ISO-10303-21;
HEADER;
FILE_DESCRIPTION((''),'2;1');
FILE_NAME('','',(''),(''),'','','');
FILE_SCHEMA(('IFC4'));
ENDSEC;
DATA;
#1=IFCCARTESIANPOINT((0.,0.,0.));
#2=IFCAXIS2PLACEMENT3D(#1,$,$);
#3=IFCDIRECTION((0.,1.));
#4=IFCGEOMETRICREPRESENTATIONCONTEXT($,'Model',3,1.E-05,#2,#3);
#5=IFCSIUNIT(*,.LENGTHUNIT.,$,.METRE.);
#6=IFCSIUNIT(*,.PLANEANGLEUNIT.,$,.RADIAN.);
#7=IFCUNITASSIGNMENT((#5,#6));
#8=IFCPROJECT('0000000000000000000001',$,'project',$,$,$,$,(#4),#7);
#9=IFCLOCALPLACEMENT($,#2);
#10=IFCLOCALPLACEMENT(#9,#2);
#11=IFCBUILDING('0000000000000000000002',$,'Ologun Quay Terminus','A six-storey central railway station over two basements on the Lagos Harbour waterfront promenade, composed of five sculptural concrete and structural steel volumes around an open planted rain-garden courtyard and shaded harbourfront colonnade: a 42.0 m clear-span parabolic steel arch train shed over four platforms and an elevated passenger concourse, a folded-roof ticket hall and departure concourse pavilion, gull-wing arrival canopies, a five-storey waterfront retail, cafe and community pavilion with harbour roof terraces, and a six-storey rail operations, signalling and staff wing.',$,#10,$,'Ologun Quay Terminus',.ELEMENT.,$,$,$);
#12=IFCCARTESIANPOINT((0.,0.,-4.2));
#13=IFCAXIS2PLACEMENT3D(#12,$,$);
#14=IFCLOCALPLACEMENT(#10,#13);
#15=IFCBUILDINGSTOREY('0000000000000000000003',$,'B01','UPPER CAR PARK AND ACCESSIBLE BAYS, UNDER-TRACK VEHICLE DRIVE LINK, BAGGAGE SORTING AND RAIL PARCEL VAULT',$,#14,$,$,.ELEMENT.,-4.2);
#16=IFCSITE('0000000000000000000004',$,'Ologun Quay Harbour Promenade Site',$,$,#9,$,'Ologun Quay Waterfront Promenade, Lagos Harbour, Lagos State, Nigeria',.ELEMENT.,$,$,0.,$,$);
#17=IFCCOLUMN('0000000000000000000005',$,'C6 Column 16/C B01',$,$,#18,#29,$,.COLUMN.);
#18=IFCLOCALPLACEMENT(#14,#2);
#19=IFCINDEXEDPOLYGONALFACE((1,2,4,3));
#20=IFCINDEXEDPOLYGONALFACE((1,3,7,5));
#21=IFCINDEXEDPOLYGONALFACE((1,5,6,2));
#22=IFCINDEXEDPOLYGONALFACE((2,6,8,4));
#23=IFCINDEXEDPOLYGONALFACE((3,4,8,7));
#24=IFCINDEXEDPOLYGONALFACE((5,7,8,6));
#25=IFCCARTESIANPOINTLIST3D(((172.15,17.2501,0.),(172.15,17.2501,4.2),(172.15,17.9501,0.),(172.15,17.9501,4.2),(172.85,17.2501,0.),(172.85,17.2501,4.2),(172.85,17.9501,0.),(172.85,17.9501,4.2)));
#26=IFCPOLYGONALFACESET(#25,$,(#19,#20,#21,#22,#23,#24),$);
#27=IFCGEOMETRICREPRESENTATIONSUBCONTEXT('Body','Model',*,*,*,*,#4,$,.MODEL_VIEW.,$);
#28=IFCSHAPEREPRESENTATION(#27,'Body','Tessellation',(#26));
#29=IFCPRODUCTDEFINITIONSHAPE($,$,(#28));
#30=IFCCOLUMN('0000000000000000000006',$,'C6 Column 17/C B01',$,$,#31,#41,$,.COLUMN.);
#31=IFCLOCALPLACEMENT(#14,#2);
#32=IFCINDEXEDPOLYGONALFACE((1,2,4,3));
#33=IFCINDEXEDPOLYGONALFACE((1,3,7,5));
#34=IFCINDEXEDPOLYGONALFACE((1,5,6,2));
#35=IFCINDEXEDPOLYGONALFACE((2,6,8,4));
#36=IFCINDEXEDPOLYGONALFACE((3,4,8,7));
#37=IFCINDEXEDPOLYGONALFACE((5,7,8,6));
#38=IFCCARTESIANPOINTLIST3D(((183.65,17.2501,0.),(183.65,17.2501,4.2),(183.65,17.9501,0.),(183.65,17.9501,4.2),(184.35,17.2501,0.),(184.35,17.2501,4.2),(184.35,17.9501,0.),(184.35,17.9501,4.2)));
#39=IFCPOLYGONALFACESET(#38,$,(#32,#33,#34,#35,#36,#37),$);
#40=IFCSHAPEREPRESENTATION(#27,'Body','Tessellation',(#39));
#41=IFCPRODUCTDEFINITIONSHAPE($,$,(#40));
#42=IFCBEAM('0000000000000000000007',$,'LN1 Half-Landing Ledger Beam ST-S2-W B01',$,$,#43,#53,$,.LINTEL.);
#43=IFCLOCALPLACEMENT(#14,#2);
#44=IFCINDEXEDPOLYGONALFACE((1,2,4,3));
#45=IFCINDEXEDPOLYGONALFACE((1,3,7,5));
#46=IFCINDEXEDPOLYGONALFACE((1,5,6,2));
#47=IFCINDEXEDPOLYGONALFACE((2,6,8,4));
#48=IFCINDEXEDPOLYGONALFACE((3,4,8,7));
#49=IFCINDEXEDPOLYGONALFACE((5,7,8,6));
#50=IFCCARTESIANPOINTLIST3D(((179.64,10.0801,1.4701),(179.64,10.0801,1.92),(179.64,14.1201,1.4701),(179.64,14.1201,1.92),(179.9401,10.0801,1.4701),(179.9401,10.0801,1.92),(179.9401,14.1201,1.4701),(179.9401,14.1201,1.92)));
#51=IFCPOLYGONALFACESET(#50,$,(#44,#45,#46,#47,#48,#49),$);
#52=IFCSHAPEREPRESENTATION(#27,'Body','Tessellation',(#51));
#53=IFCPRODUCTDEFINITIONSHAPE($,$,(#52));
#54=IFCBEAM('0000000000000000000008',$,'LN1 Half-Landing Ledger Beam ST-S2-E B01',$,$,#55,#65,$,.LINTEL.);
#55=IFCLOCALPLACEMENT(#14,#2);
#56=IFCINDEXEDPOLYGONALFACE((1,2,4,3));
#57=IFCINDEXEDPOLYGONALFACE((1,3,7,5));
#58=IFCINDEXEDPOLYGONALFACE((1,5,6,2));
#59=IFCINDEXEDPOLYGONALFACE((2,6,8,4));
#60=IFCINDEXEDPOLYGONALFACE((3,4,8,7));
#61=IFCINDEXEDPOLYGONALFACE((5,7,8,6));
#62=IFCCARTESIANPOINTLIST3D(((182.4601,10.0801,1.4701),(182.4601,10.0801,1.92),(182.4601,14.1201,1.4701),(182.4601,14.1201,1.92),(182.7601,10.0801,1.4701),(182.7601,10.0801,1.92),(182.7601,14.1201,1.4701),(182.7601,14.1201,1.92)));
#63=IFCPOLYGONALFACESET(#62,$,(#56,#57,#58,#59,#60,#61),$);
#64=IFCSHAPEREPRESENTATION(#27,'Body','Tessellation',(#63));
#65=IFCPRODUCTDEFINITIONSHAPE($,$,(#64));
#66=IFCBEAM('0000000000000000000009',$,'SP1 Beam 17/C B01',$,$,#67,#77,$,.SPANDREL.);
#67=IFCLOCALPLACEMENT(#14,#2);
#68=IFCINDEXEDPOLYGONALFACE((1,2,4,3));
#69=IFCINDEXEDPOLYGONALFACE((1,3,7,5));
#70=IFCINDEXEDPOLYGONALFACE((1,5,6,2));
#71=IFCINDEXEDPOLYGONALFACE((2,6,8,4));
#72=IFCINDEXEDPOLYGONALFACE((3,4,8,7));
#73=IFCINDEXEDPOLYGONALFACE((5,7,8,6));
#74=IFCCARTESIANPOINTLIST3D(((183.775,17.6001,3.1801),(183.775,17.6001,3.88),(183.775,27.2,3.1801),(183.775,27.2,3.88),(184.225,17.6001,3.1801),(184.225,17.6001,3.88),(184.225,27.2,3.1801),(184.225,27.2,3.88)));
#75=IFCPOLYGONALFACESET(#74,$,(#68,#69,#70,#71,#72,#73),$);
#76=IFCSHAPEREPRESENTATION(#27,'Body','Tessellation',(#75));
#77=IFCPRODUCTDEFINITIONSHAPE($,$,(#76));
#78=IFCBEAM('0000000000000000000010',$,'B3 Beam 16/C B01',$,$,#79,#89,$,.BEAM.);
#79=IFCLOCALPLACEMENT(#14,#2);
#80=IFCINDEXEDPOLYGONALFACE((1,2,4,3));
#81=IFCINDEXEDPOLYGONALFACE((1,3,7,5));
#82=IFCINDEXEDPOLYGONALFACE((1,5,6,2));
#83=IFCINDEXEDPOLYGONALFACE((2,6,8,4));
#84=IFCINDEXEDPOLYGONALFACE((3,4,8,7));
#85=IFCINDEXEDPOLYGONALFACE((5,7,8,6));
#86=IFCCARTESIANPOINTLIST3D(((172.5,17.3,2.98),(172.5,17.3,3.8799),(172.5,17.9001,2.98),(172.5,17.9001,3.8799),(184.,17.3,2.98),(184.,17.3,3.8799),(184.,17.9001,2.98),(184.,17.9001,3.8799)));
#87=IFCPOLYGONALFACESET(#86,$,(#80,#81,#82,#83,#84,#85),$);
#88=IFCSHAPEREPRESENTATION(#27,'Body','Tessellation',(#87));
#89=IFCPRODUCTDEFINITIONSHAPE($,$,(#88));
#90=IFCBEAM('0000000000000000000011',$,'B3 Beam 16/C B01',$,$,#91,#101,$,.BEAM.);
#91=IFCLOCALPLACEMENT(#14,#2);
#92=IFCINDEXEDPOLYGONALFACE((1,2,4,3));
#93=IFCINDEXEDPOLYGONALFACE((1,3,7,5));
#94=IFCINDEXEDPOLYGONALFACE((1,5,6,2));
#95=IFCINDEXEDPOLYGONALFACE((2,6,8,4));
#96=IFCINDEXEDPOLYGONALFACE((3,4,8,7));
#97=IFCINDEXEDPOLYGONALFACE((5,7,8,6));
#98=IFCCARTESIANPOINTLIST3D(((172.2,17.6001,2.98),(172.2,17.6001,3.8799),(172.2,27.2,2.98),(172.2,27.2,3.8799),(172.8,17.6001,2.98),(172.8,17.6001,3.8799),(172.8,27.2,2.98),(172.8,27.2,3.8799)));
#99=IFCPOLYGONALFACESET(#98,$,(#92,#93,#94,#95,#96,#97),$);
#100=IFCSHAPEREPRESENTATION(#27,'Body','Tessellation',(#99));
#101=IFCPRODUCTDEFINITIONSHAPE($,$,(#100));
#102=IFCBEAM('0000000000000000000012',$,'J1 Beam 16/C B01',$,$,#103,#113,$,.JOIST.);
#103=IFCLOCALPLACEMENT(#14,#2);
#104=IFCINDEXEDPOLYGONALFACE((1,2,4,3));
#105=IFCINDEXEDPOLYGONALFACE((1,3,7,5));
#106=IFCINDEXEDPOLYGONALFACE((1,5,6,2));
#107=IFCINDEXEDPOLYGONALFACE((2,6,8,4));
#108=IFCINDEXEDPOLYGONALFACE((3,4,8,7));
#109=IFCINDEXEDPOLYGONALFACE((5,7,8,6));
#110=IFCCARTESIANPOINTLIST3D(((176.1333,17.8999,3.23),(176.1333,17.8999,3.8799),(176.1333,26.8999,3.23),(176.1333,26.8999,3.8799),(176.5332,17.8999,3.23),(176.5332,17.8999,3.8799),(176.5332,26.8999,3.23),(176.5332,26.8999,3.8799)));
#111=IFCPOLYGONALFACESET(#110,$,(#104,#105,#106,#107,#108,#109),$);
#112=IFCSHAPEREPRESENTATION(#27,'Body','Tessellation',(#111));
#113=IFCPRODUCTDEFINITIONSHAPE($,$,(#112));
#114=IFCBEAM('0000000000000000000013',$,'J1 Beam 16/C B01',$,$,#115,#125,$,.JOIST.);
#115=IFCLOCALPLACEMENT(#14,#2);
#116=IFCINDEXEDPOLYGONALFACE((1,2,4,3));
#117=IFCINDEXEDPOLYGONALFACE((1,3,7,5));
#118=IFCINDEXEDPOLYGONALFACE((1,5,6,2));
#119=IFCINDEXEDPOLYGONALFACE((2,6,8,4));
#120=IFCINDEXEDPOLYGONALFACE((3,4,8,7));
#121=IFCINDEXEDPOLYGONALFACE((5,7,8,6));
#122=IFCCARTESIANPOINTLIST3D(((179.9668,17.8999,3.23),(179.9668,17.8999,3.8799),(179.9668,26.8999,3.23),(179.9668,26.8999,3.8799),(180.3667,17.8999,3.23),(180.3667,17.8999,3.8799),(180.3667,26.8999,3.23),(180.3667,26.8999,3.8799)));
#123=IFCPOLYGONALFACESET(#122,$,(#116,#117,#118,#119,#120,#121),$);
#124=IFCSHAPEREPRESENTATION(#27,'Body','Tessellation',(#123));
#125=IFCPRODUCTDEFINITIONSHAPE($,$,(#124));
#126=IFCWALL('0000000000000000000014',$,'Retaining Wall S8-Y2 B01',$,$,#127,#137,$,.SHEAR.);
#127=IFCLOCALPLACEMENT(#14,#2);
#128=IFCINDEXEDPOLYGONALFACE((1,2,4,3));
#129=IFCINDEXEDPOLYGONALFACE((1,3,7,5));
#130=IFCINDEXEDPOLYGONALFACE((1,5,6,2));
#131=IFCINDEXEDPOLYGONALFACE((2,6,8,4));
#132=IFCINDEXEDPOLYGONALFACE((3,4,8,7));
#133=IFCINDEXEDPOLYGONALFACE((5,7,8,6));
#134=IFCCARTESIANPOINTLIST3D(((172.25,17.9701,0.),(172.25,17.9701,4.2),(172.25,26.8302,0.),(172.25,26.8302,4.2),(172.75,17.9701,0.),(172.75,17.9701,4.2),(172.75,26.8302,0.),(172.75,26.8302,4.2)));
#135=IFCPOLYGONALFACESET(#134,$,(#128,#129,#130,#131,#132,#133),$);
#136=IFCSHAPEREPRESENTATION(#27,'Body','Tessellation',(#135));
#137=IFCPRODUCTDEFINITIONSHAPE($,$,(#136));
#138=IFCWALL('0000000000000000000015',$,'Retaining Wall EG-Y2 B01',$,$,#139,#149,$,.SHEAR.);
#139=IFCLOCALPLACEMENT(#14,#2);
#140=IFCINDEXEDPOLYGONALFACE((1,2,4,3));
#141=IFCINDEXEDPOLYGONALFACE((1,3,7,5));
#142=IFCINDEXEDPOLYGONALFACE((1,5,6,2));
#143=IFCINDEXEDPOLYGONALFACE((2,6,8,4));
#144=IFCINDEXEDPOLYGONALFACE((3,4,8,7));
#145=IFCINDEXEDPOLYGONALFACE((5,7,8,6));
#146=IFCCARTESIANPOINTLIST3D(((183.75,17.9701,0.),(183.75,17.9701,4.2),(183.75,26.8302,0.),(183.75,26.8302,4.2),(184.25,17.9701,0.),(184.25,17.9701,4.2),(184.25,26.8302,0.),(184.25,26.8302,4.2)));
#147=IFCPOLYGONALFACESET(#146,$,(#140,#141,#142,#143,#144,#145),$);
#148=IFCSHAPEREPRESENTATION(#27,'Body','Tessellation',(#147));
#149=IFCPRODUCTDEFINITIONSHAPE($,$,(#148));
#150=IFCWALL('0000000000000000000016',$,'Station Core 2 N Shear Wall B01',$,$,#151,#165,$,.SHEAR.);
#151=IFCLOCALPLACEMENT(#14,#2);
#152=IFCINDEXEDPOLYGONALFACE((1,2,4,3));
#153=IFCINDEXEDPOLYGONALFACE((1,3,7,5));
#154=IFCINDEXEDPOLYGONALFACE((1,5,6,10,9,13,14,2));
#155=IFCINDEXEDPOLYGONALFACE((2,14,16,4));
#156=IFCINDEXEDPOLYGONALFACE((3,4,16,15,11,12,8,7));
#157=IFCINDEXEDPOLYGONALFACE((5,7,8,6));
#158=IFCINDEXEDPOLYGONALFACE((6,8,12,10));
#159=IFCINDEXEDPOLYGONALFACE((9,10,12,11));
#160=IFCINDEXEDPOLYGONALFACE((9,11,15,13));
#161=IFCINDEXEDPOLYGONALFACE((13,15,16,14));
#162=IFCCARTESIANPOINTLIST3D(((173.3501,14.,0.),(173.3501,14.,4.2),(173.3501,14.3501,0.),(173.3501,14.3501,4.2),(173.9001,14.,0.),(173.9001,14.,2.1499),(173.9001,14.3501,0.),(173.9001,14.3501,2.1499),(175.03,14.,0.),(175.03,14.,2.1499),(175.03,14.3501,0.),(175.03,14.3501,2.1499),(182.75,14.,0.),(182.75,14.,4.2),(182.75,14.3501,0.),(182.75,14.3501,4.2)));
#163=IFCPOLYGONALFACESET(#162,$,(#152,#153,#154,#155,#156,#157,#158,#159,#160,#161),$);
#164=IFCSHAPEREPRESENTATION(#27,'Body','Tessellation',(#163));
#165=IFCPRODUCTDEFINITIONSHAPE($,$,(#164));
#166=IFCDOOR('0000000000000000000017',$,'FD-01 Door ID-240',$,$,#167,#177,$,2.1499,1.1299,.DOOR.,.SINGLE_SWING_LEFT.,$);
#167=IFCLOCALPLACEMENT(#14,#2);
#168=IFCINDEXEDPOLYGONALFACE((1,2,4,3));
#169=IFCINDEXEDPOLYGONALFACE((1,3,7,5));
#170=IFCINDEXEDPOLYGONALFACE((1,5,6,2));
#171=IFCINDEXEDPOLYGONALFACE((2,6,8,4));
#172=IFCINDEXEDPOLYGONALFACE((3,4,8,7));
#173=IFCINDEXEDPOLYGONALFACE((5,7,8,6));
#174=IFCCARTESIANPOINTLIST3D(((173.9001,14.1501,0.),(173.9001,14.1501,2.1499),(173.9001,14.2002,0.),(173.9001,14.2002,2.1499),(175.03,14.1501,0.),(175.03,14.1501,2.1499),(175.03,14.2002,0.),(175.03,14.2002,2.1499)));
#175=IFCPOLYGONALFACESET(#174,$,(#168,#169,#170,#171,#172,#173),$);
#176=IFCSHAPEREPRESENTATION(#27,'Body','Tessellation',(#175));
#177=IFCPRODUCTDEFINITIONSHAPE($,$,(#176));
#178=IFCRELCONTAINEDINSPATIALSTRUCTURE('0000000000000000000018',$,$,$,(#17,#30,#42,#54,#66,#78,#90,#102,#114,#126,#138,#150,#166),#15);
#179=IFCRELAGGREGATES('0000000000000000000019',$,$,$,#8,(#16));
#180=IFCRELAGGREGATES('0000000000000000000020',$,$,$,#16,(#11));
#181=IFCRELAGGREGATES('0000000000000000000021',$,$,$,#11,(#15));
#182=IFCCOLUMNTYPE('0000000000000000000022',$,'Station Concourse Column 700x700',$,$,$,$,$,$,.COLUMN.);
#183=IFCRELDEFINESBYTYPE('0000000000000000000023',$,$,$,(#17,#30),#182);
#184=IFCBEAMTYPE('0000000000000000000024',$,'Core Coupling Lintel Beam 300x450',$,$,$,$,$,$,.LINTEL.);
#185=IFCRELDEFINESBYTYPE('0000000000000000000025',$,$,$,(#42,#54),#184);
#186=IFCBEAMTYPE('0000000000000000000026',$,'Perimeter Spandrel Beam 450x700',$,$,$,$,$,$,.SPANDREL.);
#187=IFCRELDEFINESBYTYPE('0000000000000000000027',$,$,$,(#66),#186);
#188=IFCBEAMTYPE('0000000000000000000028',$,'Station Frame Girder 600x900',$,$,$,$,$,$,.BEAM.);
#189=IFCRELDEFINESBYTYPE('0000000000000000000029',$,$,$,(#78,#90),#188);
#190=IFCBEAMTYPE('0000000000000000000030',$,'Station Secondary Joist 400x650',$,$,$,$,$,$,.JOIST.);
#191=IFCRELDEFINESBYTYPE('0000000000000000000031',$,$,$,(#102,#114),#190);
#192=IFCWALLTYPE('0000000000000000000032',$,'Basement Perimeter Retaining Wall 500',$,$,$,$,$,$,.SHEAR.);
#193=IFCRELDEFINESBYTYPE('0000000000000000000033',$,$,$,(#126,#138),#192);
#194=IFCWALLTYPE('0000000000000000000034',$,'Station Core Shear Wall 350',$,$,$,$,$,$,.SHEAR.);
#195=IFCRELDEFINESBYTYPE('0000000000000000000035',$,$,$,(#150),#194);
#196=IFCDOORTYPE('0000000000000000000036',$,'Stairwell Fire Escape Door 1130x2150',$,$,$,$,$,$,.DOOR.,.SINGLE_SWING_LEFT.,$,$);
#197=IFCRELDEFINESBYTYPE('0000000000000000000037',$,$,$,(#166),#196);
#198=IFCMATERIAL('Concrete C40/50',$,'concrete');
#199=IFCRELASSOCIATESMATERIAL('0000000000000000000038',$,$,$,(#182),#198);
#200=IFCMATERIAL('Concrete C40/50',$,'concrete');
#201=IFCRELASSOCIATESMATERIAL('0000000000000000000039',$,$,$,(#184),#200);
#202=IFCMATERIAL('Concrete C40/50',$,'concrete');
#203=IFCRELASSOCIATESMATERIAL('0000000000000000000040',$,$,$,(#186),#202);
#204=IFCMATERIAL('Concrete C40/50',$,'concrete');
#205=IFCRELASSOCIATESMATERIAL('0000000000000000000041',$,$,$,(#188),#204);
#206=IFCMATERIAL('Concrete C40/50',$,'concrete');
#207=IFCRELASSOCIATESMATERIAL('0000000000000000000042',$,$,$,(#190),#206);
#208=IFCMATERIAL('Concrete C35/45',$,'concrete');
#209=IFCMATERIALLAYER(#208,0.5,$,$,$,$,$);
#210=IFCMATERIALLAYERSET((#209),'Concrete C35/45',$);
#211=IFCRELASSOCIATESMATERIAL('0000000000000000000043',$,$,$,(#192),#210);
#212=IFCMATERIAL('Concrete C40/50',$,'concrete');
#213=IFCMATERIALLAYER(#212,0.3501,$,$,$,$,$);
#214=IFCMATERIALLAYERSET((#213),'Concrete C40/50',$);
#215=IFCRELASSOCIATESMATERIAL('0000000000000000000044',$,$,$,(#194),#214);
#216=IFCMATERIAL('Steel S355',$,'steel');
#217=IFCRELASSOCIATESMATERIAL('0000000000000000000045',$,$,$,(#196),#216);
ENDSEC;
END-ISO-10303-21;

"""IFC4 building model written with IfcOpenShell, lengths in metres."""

from ifc_helpers import new_model, si_unit, direction, frame, frame_2d, origin, origin_2d, place, context, subcontext, project, spatial, rectangle, extrude, material, layer, layer_set, material_profile, profile_set, type_object, element, fill, save


model = new_model("IFC4")

# Units and contexts
model_context = context("Model", 3, precision=1e-05, world=origin(), true_north=direction((0.0, 1.0)))
body_context = subcontext(model_context, "Body", "Model", "MODEL_VIEW")
ifc_project = project(units=[si_unit("LENGTHUNIT", "METRE"), si_unit("PLANEANGLEUNIT", "RADIAN")], contexts=[model_context])

# Site, building, storey
site_placement = place(None, origin())
site = spatial("IfcSite", under=ifc_project, at=site_placement, Name="Ologun Quay Harbour Promenade Site", LongName="Ologun Quay Waterfront Promenade, Lagos Harbour, Lagos State, Nigeria", CompositionType="ELEMENT", RefElevation=0.0)
building_placement = place(site_placement, origin())
building = spatial("IfcBuilding", under=site, at=building_placement, Name="Ologun Quay Terminus", Description="A six-storey central railway station over two basements on the Lagos Harbour waterfront promenade, composed of five sculptural concrete and structural steel volumes around an open planted rain-garden courtyard and shaded harbourfront colonnade: a 42.0 m clear-span parabolic steel arch train shed over four platforms and an elevated passenger concourse, a folded-roof ticket hall and departure concourse pavilion, gull-wing arrival canopies, a five-storey waterfront retail, cafe and community pavilion with harbour roof terraces, and a six-storey rail operations, signalling and staff wing.", LongName="Ologun Quay Terminus", CompositionType="ELEMENT")
storey_placement = place(building_placement, frame((0.0, 0.0, -4.2)))
storey = spatial("IfcBuildingStorey", under=building, at=storey_placement, Name="B01", Description="UPPER CAR PARK AND ACCESSIBLE BAYS, UNDER-TRACK VEHICLE DRIVE LINK, BAGGAGE SORTING AND RAIL PARCEL VAULT", CompositionType="ELEMENT", Elevation=-4.2)

# Columns
ifc_material_1 = material(Name="Concrete C40/50", Category="concrete")
ifc_material_profile_1 = material_profile(ifc_material_1, rectangle(XDim=0.7, YDim=0.7, at=origin_2d()), Name="RC 700x700")
ifc_profile_set_1 = profile_set([ifc_material_profile_1], Name="Concrete C40/50")
column_type = type_object("IfcColumnType", Name="Station Concourse Column 700x700", PredefinedType="COLUMN", material=ifc_profile_set_1)
for number, where, z_axis, x_axis, name in (
    (1, (172.5, 17.6001, 0.0), (0.0, 0.0, 1.0), (1.0, 0.0, 0.0), "C6 Column 16/C B01"),
    (2, (184.0, 17.6001, 0.0), (0.0, 0.0, 1.0), (1.0, 0.0, 0.0), "C6 Column 17/C B01"),
):
    element("IfcColumn", number, at=place(storey_placement, frame(where, z_axis=z_axis, x_axis=x_axis)), inside=storey, type_object=column_type, Name=name, PredefinedType="COLUMN", context=body_context, shape_type="SweptSolid", body=[
        extrude(rectangle(XDim=0.7, YDim=0.7, at=origin_2d()), origin(), (0.0, 0.0, 1.0), 4.2),
    ])

# Beams
ifc_material_2 = material(Name="Concrete C40/50", Category="concrete")
ifc_material_profile_2 = material_profile(ifc_material_2, rectangle(XDim=0.3, YDim=0.45, at=origin_2d()), Name="RC 300x450")
ifc_profile_set_2 = profile_set([ifc_material_profile_2], Name="Concrete C40/50")
beam_type_1 = type_object("IfcBeamType", Name="Core Coupling Lintel Beam 300x450", PredefinedType="LINTEL", material=ifc_profile_set_2)
for number, where, z_axis, x_axis, name in (
    (3, (179.79, 10.0801, 1.6951), (0.0, 1.0, 0.0), (-1.0, 0.0, 0.0), "LN1 Half-Landing Ledger Beam ST-S2-W B01"),
    (4, (182.6101, 10.0801, 1.6951), (0.0, 1.0, 0.0), (-1.0, 0.0, 0.0), "LN1 Half-Landing Ledger Beam ST-S2-E B01"),
):
    element("IfcBeam", number, at=place(storey_placement, frame(where, z_axis=z_axis, x_axis=x_axis)), inside=storey, type_object=beam_type_1, Name=name, PredefinedType="LINTEL", context=body_context, shape_type="SweptSolid", body=[
        extrude(rectangle(XDim=0.3, YDim=0.45, at=origin_2d()), origin(), (0.0, 0.0, 1.0), 4.04),
    ])
ifc_material_3 = material(Name="Concrete C40/50", Category="concrete")
ifc_material_profile_3 = material_profile(ifc_material_3, rectangle(XDim=0.45, YDim=0.7, at=origin_2d()), Name="RC 450x700")
ifc_profile_set_3 = profile_set([ifc_material_profile_3], Name="Concrete C40/50")
beam_type_2 = type_object("IfcBeamType", Name="Perimeter Spandrel Beam 450x700", PredefinedType="SPANDREL", material=ifc_profile_set_3)
beam_1_placement = place(storey_placement, frame((184.0, 17.6001, 3.53), z_axis=(0.0, 1.0, 0.0), x_axis=(-1.0, 0.0, 0.0)))
element("IfcBeam", 5, at=beam_1_placement, inside=storey, type_object=beam_type_2, Name="SP1 Beam 17/C B01", PredefinedType="SPANDREL", context=body_context, shape_type="SweptSolid", body=[
    extrude(rectangle(XDim=0.45, YDim=0.7, at=origin_2d()), origin(), (0.0, 0.0, 1.0), 9.5999),
])
ifc_material_4 = material(Name="Concrete C40/50", Category="concrete")
ifc_material_profile_4 = material_profile(ifc_material_4, rectangle(XDim=0.6001, YDim=0.8999, at=origin_2d()), Name="RC 600x900")
ifc_profile_set_4 = profile_set([ifc_material_profile_4], Name="Concrete C40/50")
beam_type_3 = type_object("IfcBeamType", Name="Station Frame Girder 600x900", PredefinedType="BEAM", material=ifc_profile_set_4)
beam_2_placement = place(storey_placement, frame((172.5, 17.6001, 3.4299), z_axis=(1.0, 0.0, 0.0), x_axis=(0.0, 1.0, 0.0)))
element("IfcBeam", 6, at=beam_2_placement, inside=storey, type_object=beam_type_3, Name="B3 Beam 16/C B01", PredefinedType="BEAM", context=body_context, shape_type="SweptSolid", body=[
    extrude(rectangle(XDim=0.6001, YDim=0.8999, at=origin_2d()), origin(), (0.0, 0.0, 1.0), 11.5),
])
beam_3_placement = place(storey_placement, frame((172.5, 17.6001, 3.4299), z_axis=(0.0, 1.0, 0.0), x_axis=(-1.0, 0.0, 0.0)))
element("IfcBeam", 7, at=beam_3_placement, inside=storey, type_object=beam_type_3, Name="B3 Beam 16/C B01", PredefinedType="BEAM", context=body_context, shape_type="SweptSolid", body=[
    extrude(rectangle(XDim=0.6001, YDim=0.8999, at=origin_2d()), origin(), (0.0, 0.0, 1.0), 9.5999),
])
ifc_material_5 = material(Name="Concrete C40/50", Category="concrete")
ifc_material_profile_5 = material_profile(ifc_material_5, rectangle(XDim=0.3999, YDim=0.6499, at=origin_2d()), Name="RC 400x650")
ifc_profile_set_5 = profile_set([ifc_material_profile_5], Name="Concrete C40/50")
beam_type_4 = type_object("IfcBeamType", Name="Station Secondary Joist 400x650", PredefinedType="JOIST", material=ifc_profile_set_5)
for number, where, z_axis, x_axis, name in (
    (8, (176.3333, 17.8999, 3.5549), (0.0, 1.0, 0.0), (-1.0, 0.0, 0.0), "J1 Beam 16/C B01"),
    (9, (180.1667, 17.8999, 3.5549), (0.0, 1.0, 0.0), (-1.0, 0.0, 0.0), "J1 Beam 16/C B01"),
):
    element("IfcBeam", number, at=place(storey_placement, frame(where, z_axis=z_axis, x_axis=x_axis)), inside=storey, type_object=beam_type_4, Name=name, PredefinedType="JOIST", context=body_context, shape_type="SweptSolid", body=[
        extrude(rectangle(XDim=0.3999, YDim=0.6499, at=origin_2d()), origin(), (0.0, 0.0, 1.0), 9.0),
    ])

# Walls
ifc_material_6 = material(Name="Concrete C35/45", Category="concrete")
ifc_layer_1 = layer(ifc_material_6, 0.5)
ifc_layer_set_1 = layer_set([ifc_layer_1], Name="Concrete C35/45")
wall_type_1 = type_object("IfcWallType", Name="Basement Perimeter Retaining Wall 500", PredefinedType="SHEAR", material=ifc_layer_set_1)
for number, where, z_axis, x_axis, name in (
    (10, (172.5, 17.97, 0.0), (0.0, 0.0, 1.0), (0.0, 1.0, 0.0), "Retaining Wall S8-Y2 B01"),
    (11, (184.0, 17.97, 0.0), (0.0, 0.0, 1.0), (0.0, 1.0, 0.0), "Retaining Wall EG-Y2 B01"),
):
    element("IfcWall", number, at=place(storey_placement, frame(where, z_axis=z_axis, x_axis=x_axis)), inside=storey, type_object=wall_type_1, Name=name, PredefinedType="SHEAR", context=body_context, shape_type="SweptSolid", body=[
        extrude(rectangle(XDim=8.8601, YDim=0.5, at=frame_2d((4.4302, 0.0))), origin(), (0.0, 0.0, 1.0), 4.2),
    ])

# Wall, opening, door
ifc_material_7 = material(Name="Concrete C40/50", Category="concrete")
ifc_layer_2 = layer(ifc_material_7, 0.3501)
ifc_layer_set_2 = layer_set([ifc_layer_2], Name="Concrete C40/50")
wall_type_2 = type_object("IfcWallType", Name="Station Core Shear Wall 350", PredefinedType="SHEAR", material=ifc_layer_set_2)
wall_1_placement = place(storey_placement, frame((173.3501, 14.175, 0.0), z_axis=(0.0, 0.0, 1.0), x_axis=(1.0, 0.0, 0.0)))
wall_1 = element("IfcWall", 12, at=wall_1_placement, inside=storey, type_object=wall_type_2, Name="Station Core 2 N Shear Wall B01", PredefinedType="SHEAR", context=body_context, shape_type="SweptSolid", body=[
    extrude(rectangle(XDim=9.3999, YDim=0.3501, at=frame_2d((4.7, 0.0))), origin(), (0.0, 0.0, 1.0), 4.2),
])
opening_placement = place(wall_1_placement, frame((0.55, 0.0, 0.0)))
opening = element("IfcOpeningElement", 13, at=opening_placement, cuts=wall_1, PredefinedType="OPENING", context=body_context, shape_type="SweptSolid", body=[
    extrude(rectangle(XDim=1.1299, YDim=2.1499, at=frame_2d((0.5649, 1.075))), frame((0.0, 0.1851, 0.0), z_axis=(0.0, -1.0, 0.0), x_axis=(1.0, 0.0, 0.0)), (0.0, 0.0, 1.0), 0.3701),
])
ifc_material_8 = material(Name="Steel S355", Category="steel")
door_type = type_object("IfcDoorType", Name="Stairwell Fire Escape Door 1130x2150", OperationType="SINGLE_SWING_LEFT", PredefinedType="DOOR", material=ifc_material_8)
door_placement = place(opening_placement, frame((0.5649, 0.0, 0.0), z_axis=(0.0, 0.0, 1.0), x_axis=(-1.0, 0.0, 0.0)))
door = element("IfcDoor", 14, at=door_placement, inside=storey, type_object=door_type, Name="FD-01 Door ID-240", OperationType="SINGLE_SWING_LEFT", OverallHeight=2.1499, OverallWidth=1.1299, PredefinedType="DOOR", context=body_context, shape_type="SweptSolid", body=[
    extrude(rectangle(XDim=1.1299, YDim=2.1499, at=frame_2d((0.0, 1.075))), frame((0.0, 0.0249, 0.0), z_axis=(0.0, -1.0, 0.0), x_axis=(1.0, 0.0, 0.0)), (0.0, 0.0, 1.0), 0.05),
])
fill(opening, door)

save(model, "model.ifc")
